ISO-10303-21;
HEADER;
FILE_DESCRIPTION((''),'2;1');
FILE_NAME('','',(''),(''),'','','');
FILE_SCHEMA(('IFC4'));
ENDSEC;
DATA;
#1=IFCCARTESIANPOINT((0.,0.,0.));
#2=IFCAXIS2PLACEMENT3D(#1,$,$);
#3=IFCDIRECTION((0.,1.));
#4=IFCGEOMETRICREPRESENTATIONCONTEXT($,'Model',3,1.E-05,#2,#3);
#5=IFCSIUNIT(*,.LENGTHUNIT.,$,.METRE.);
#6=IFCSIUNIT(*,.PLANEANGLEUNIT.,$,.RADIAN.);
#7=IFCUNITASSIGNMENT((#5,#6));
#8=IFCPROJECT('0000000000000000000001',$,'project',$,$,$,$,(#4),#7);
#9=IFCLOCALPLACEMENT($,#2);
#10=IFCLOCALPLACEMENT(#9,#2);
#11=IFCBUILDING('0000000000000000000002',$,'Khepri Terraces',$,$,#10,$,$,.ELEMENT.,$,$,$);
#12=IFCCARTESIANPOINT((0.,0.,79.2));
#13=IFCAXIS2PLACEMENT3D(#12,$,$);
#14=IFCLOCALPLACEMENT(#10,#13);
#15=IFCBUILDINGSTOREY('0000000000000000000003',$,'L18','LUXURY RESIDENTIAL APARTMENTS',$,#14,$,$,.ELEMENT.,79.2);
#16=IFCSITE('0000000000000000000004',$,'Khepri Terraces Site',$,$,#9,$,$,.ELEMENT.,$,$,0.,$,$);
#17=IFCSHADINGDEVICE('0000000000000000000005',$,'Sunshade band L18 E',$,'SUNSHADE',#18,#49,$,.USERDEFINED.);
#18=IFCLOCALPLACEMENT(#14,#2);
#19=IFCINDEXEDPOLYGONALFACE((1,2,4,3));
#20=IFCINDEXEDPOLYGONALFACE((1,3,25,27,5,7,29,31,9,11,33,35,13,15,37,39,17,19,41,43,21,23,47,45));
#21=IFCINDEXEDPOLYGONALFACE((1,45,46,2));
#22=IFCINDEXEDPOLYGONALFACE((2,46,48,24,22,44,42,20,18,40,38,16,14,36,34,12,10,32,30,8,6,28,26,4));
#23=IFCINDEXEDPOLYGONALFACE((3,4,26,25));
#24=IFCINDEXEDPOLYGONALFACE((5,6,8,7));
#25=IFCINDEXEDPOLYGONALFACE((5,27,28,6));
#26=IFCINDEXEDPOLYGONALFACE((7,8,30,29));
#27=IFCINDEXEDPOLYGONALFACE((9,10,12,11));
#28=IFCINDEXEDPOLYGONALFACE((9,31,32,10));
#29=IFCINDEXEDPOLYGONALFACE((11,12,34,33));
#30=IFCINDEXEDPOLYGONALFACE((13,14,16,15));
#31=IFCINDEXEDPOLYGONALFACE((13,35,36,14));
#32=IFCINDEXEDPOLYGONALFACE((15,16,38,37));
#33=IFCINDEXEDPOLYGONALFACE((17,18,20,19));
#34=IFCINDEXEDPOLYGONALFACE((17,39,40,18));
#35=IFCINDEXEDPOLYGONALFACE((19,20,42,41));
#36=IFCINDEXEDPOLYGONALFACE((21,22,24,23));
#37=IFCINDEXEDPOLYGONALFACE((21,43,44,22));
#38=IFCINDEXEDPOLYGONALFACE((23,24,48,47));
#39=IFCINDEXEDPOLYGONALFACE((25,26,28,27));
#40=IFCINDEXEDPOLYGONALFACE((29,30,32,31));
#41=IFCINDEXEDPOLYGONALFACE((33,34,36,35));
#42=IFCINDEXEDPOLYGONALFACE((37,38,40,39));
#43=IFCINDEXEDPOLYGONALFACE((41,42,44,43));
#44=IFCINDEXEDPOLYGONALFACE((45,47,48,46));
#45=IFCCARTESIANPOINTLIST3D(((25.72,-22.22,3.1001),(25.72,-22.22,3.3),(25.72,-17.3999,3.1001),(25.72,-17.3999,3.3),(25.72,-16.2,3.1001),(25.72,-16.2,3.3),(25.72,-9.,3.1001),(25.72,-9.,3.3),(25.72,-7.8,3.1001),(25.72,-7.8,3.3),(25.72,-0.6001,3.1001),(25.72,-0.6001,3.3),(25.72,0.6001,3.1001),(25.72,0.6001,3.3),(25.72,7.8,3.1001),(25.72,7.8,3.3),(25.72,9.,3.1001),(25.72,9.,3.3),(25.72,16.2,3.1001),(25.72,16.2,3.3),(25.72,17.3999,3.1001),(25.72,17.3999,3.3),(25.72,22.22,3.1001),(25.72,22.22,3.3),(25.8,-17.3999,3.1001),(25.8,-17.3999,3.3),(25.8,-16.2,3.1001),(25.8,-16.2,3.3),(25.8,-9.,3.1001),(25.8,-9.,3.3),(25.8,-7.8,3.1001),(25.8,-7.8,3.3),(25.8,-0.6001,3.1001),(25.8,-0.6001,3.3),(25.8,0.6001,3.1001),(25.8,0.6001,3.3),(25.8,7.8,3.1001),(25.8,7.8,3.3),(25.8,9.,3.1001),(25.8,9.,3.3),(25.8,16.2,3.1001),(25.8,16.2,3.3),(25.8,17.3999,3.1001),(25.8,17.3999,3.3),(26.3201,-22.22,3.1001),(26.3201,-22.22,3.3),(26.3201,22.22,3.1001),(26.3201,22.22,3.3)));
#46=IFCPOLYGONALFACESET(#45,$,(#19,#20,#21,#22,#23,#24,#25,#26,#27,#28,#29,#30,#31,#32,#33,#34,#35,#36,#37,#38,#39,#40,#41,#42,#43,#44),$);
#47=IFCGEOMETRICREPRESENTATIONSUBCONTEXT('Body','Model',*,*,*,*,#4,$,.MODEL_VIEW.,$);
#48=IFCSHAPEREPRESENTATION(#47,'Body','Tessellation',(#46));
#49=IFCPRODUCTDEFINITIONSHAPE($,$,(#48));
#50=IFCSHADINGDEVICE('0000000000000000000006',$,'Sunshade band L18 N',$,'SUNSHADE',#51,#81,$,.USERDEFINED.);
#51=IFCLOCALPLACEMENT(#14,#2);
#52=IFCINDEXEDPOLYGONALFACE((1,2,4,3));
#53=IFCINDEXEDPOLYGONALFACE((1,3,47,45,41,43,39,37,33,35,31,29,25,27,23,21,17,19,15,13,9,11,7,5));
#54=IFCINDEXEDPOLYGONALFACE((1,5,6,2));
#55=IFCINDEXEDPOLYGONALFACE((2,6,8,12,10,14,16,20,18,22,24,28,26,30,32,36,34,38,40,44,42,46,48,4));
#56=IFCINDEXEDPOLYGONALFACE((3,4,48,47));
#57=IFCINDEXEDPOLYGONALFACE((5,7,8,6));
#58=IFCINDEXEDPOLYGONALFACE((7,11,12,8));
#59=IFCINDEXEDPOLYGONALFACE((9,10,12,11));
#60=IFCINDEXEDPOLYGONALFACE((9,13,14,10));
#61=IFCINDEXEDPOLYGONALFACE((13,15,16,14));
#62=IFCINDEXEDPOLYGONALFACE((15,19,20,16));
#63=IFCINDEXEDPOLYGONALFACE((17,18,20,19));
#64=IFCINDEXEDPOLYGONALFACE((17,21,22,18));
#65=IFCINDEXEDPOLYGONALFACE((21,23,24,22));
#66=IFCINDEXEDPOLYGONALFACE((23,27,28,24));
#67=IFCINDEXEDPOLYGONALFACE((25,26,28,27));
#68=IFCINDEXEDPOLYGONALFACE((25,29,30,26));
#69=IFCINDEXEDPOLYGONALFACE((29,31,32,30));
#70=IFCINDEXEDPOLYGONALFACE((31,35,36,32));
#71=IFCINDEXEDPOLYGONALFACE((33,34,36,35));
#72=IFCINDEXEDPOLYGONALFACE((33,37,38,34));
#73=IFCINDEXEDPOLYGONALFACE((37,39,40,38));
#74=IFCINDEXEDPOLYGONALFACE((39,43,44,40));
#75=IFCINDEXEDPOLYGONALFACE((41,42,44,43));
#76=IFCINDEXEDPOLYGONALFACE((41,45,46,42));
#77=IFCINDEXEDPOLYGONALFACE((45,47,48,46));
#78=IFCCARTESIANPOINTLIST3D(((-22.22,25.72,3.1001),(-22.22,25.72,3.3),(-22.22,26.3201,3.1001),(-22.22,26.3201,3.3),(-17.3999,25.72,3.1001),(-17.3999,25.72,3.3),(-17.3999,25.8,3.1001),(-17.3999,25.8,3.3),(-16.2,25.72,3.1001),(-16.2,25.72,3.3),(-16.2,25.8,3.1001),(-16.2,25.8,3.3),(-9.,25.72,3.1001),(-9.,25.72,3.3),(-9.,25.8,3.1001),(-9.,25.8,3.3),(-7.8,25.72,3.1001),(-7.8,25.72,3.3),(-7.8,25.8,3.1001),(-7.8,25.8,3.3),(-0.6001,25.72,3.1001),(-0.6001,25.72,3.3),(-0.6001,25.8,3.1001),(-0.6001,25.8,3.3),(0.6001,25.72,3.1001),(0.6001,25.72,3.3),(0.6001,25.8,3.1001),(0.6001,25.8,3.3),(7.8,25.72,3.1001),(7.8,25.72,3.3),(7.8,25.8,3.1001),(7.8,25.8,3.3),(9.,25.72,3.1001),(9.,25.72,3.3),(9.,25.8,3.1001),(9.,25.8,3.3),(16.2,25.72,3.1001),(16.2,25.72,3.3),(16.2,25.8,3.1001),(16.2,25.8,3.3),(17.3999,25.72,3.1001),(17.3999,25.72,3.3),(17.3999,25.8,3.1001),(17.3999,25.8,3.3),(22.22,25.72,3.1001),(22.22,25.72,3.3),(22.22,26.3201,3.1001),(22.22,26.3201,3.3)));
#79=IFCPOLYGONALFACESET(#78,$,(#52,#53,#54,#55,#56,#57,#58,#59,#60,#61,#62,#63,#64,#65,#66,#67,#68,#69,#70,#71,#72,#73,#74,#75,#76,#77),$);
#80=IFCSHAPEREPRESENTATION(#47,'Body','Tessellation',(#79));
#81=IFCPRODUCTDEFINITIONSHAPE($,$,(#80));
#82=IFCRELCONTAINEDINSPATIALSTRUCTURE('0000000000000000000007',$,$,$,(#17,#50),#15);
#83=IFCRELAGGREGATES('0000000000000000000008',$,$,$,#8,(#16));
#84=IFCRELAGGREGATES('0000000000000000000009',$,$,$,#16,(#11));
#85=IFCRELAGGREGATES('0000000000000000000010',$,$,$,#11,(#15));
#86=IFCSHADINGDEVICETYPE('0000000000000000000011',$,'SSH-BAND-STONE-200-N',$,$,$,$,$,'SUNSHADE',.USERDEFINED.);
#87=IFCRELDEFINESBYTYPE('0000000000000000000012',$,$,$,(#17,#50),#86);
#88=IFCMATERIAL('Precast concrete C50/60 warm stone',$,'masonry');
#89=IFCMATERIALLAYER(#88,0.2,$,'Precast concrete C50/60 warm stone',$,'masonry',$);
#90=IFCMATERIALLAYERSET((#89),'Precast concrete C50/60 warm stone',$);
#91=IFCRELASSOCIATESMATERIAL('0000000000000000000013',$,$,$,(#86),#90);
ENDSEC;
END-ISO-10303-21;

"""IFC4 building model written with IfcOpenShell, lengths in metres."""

from ifc_helpers import new_model, si_unit, direction, frame, origin, place, context, subcontext, project, spatial, polyline, outline, extrude, material, layer, layer_set, type_object, element, save


model = new_model("IFC4")

# Units and contexts
model_context = context("Model", 3, precision=1e-05, world=origin(), true_north=direction((0.0, 1.0)))
body_context = subcontext(model_context, "Body", "Model", "MODEL_VIEW")
ifc_project = project(units=[si_unit("LENGTHUNIT", "METRE"), si_unit("PLANEANGLEUNIT", "RADIAN")], contexts=[model_context])

# Site, building, storey
site_placement = place(None, origin())
site = spatial("IfcSite", under=ifc_project, at=site_placement, Name="Khepri Terraces Site", CompositionType="ELEMENT", RefElevation=0.0)
building_placement = place(site_placement, origin())
building = spatial("IfcBuilding", under=site, at=building_placement, Name="Khepri Terraces", CompositionType="ELEMENT")
storey_placement = place(building_placement, frame((0.0, 0.0, 79.2)))
storey = spatial("IfcBuildingStorey", under=building, at=storey_placement, Name="L18", Description="LUXURY RESIDENTIAL APARTMENTS", CompositionType="ELEMENT", Elevation=79.2)

# Shared definitions
ifc_material_1 = material(Name="Precast concrete C50/60 warm stone", Category="masonry")

# Shading devices
ifc_layer_1 = layer(ifc_material_1, 0.2, Name="Precast concrete C50/60 warm stone", Category="masonry")
ifc_layer_set_1 = layer_set([ifc_layer_1], Name="Precast concrete C50/60 warm stone")
shading_device_type_1 = type_object("IfcShadingDeviceType", Name="SSH-BAND-STONE-200-N", ElementType="SUNSHADE", PredefinedType="USERDEFINED", material=ifc_layer_set_1)
shading_device_1_placement = place(storey_placement, frame((0.0, 0.0, 3.1001)))
element("IfcShadingDevice", 1, at=shading_device_1_placement, inside=storey, type_object=shading_device_type_1, Name="Sunshade band L18 E", ObjectType="SUNSHADE", PredefinedType="USERDEFINED", context=body_context, shape_type="SweptSolid", body=[
    extrude(outline(polyline([(25.72, -17.3999), (25.72, -22.22), (26.3201, -22.22), (26.3201, 22.22), (25.72, 22.22), (25.72, 17.3999), (25.8, 17.3999), (25.8, 16.2), (25.72, 16.2), (25.72, 9.0), (25.8, 9.0), (25.8, 7.8), (25.72, 7.8), (25.72, 0.6001), (25.8, 0.6001), (25.8, -0.6001), (25.72, -0.6001), (25.72, -7.8), (25.8, -7.8), (25.8, -9.0), (25.72, -9.0), (25.72, -16.2), (25.8, -16.2), (25.8, -17.3999), (25.72, -17.3999)])), origin(), (0.0, 0.0, 1.0), 0.2),
])
shading_device_2_placement = place(storey_placement, frame((0.0, 0.0, 3.1001)))
element("IfcShadingDevice", 2, at=shading_device_2_placement, inside=storey, type_object=shading_device_type_1, Name="Sunshade band L18 N", ObjectType="SUNSHADE", PredefinedType="USERDEFINED", context=body_context, shape_type="SweptSolid", body=[
    extrude(outline(polyline([(17.3999, 25.72), (22.22, 25.72), (22.22, 26.3201), (-22.22, 26.3201), (-22.22, 25.72), (-17.3999, 25.72), (-17.3999, 25.8), (-16.2, 25.8), (-16.2, 25.72), (-9.0, 25.72), (-9.0, 25.8), (-7.8, 25.8), (-7.8, 25.72), (-0.6001, 25.72), (-0.6001, 25.8), (0.6001, 25.8), (0.6001, 25.72), (7.8, 25.72), (7.8, 25.8), (9.0, 25.8), (9.0, 25.72), (16.2, 25.72), (16.2, 25.8), (17.3999, 25.8), (17.3999, 25.72)])), origin(), (0.0, 0.0, 1.0), 0.2),
])

save(model, "model.ifc")
